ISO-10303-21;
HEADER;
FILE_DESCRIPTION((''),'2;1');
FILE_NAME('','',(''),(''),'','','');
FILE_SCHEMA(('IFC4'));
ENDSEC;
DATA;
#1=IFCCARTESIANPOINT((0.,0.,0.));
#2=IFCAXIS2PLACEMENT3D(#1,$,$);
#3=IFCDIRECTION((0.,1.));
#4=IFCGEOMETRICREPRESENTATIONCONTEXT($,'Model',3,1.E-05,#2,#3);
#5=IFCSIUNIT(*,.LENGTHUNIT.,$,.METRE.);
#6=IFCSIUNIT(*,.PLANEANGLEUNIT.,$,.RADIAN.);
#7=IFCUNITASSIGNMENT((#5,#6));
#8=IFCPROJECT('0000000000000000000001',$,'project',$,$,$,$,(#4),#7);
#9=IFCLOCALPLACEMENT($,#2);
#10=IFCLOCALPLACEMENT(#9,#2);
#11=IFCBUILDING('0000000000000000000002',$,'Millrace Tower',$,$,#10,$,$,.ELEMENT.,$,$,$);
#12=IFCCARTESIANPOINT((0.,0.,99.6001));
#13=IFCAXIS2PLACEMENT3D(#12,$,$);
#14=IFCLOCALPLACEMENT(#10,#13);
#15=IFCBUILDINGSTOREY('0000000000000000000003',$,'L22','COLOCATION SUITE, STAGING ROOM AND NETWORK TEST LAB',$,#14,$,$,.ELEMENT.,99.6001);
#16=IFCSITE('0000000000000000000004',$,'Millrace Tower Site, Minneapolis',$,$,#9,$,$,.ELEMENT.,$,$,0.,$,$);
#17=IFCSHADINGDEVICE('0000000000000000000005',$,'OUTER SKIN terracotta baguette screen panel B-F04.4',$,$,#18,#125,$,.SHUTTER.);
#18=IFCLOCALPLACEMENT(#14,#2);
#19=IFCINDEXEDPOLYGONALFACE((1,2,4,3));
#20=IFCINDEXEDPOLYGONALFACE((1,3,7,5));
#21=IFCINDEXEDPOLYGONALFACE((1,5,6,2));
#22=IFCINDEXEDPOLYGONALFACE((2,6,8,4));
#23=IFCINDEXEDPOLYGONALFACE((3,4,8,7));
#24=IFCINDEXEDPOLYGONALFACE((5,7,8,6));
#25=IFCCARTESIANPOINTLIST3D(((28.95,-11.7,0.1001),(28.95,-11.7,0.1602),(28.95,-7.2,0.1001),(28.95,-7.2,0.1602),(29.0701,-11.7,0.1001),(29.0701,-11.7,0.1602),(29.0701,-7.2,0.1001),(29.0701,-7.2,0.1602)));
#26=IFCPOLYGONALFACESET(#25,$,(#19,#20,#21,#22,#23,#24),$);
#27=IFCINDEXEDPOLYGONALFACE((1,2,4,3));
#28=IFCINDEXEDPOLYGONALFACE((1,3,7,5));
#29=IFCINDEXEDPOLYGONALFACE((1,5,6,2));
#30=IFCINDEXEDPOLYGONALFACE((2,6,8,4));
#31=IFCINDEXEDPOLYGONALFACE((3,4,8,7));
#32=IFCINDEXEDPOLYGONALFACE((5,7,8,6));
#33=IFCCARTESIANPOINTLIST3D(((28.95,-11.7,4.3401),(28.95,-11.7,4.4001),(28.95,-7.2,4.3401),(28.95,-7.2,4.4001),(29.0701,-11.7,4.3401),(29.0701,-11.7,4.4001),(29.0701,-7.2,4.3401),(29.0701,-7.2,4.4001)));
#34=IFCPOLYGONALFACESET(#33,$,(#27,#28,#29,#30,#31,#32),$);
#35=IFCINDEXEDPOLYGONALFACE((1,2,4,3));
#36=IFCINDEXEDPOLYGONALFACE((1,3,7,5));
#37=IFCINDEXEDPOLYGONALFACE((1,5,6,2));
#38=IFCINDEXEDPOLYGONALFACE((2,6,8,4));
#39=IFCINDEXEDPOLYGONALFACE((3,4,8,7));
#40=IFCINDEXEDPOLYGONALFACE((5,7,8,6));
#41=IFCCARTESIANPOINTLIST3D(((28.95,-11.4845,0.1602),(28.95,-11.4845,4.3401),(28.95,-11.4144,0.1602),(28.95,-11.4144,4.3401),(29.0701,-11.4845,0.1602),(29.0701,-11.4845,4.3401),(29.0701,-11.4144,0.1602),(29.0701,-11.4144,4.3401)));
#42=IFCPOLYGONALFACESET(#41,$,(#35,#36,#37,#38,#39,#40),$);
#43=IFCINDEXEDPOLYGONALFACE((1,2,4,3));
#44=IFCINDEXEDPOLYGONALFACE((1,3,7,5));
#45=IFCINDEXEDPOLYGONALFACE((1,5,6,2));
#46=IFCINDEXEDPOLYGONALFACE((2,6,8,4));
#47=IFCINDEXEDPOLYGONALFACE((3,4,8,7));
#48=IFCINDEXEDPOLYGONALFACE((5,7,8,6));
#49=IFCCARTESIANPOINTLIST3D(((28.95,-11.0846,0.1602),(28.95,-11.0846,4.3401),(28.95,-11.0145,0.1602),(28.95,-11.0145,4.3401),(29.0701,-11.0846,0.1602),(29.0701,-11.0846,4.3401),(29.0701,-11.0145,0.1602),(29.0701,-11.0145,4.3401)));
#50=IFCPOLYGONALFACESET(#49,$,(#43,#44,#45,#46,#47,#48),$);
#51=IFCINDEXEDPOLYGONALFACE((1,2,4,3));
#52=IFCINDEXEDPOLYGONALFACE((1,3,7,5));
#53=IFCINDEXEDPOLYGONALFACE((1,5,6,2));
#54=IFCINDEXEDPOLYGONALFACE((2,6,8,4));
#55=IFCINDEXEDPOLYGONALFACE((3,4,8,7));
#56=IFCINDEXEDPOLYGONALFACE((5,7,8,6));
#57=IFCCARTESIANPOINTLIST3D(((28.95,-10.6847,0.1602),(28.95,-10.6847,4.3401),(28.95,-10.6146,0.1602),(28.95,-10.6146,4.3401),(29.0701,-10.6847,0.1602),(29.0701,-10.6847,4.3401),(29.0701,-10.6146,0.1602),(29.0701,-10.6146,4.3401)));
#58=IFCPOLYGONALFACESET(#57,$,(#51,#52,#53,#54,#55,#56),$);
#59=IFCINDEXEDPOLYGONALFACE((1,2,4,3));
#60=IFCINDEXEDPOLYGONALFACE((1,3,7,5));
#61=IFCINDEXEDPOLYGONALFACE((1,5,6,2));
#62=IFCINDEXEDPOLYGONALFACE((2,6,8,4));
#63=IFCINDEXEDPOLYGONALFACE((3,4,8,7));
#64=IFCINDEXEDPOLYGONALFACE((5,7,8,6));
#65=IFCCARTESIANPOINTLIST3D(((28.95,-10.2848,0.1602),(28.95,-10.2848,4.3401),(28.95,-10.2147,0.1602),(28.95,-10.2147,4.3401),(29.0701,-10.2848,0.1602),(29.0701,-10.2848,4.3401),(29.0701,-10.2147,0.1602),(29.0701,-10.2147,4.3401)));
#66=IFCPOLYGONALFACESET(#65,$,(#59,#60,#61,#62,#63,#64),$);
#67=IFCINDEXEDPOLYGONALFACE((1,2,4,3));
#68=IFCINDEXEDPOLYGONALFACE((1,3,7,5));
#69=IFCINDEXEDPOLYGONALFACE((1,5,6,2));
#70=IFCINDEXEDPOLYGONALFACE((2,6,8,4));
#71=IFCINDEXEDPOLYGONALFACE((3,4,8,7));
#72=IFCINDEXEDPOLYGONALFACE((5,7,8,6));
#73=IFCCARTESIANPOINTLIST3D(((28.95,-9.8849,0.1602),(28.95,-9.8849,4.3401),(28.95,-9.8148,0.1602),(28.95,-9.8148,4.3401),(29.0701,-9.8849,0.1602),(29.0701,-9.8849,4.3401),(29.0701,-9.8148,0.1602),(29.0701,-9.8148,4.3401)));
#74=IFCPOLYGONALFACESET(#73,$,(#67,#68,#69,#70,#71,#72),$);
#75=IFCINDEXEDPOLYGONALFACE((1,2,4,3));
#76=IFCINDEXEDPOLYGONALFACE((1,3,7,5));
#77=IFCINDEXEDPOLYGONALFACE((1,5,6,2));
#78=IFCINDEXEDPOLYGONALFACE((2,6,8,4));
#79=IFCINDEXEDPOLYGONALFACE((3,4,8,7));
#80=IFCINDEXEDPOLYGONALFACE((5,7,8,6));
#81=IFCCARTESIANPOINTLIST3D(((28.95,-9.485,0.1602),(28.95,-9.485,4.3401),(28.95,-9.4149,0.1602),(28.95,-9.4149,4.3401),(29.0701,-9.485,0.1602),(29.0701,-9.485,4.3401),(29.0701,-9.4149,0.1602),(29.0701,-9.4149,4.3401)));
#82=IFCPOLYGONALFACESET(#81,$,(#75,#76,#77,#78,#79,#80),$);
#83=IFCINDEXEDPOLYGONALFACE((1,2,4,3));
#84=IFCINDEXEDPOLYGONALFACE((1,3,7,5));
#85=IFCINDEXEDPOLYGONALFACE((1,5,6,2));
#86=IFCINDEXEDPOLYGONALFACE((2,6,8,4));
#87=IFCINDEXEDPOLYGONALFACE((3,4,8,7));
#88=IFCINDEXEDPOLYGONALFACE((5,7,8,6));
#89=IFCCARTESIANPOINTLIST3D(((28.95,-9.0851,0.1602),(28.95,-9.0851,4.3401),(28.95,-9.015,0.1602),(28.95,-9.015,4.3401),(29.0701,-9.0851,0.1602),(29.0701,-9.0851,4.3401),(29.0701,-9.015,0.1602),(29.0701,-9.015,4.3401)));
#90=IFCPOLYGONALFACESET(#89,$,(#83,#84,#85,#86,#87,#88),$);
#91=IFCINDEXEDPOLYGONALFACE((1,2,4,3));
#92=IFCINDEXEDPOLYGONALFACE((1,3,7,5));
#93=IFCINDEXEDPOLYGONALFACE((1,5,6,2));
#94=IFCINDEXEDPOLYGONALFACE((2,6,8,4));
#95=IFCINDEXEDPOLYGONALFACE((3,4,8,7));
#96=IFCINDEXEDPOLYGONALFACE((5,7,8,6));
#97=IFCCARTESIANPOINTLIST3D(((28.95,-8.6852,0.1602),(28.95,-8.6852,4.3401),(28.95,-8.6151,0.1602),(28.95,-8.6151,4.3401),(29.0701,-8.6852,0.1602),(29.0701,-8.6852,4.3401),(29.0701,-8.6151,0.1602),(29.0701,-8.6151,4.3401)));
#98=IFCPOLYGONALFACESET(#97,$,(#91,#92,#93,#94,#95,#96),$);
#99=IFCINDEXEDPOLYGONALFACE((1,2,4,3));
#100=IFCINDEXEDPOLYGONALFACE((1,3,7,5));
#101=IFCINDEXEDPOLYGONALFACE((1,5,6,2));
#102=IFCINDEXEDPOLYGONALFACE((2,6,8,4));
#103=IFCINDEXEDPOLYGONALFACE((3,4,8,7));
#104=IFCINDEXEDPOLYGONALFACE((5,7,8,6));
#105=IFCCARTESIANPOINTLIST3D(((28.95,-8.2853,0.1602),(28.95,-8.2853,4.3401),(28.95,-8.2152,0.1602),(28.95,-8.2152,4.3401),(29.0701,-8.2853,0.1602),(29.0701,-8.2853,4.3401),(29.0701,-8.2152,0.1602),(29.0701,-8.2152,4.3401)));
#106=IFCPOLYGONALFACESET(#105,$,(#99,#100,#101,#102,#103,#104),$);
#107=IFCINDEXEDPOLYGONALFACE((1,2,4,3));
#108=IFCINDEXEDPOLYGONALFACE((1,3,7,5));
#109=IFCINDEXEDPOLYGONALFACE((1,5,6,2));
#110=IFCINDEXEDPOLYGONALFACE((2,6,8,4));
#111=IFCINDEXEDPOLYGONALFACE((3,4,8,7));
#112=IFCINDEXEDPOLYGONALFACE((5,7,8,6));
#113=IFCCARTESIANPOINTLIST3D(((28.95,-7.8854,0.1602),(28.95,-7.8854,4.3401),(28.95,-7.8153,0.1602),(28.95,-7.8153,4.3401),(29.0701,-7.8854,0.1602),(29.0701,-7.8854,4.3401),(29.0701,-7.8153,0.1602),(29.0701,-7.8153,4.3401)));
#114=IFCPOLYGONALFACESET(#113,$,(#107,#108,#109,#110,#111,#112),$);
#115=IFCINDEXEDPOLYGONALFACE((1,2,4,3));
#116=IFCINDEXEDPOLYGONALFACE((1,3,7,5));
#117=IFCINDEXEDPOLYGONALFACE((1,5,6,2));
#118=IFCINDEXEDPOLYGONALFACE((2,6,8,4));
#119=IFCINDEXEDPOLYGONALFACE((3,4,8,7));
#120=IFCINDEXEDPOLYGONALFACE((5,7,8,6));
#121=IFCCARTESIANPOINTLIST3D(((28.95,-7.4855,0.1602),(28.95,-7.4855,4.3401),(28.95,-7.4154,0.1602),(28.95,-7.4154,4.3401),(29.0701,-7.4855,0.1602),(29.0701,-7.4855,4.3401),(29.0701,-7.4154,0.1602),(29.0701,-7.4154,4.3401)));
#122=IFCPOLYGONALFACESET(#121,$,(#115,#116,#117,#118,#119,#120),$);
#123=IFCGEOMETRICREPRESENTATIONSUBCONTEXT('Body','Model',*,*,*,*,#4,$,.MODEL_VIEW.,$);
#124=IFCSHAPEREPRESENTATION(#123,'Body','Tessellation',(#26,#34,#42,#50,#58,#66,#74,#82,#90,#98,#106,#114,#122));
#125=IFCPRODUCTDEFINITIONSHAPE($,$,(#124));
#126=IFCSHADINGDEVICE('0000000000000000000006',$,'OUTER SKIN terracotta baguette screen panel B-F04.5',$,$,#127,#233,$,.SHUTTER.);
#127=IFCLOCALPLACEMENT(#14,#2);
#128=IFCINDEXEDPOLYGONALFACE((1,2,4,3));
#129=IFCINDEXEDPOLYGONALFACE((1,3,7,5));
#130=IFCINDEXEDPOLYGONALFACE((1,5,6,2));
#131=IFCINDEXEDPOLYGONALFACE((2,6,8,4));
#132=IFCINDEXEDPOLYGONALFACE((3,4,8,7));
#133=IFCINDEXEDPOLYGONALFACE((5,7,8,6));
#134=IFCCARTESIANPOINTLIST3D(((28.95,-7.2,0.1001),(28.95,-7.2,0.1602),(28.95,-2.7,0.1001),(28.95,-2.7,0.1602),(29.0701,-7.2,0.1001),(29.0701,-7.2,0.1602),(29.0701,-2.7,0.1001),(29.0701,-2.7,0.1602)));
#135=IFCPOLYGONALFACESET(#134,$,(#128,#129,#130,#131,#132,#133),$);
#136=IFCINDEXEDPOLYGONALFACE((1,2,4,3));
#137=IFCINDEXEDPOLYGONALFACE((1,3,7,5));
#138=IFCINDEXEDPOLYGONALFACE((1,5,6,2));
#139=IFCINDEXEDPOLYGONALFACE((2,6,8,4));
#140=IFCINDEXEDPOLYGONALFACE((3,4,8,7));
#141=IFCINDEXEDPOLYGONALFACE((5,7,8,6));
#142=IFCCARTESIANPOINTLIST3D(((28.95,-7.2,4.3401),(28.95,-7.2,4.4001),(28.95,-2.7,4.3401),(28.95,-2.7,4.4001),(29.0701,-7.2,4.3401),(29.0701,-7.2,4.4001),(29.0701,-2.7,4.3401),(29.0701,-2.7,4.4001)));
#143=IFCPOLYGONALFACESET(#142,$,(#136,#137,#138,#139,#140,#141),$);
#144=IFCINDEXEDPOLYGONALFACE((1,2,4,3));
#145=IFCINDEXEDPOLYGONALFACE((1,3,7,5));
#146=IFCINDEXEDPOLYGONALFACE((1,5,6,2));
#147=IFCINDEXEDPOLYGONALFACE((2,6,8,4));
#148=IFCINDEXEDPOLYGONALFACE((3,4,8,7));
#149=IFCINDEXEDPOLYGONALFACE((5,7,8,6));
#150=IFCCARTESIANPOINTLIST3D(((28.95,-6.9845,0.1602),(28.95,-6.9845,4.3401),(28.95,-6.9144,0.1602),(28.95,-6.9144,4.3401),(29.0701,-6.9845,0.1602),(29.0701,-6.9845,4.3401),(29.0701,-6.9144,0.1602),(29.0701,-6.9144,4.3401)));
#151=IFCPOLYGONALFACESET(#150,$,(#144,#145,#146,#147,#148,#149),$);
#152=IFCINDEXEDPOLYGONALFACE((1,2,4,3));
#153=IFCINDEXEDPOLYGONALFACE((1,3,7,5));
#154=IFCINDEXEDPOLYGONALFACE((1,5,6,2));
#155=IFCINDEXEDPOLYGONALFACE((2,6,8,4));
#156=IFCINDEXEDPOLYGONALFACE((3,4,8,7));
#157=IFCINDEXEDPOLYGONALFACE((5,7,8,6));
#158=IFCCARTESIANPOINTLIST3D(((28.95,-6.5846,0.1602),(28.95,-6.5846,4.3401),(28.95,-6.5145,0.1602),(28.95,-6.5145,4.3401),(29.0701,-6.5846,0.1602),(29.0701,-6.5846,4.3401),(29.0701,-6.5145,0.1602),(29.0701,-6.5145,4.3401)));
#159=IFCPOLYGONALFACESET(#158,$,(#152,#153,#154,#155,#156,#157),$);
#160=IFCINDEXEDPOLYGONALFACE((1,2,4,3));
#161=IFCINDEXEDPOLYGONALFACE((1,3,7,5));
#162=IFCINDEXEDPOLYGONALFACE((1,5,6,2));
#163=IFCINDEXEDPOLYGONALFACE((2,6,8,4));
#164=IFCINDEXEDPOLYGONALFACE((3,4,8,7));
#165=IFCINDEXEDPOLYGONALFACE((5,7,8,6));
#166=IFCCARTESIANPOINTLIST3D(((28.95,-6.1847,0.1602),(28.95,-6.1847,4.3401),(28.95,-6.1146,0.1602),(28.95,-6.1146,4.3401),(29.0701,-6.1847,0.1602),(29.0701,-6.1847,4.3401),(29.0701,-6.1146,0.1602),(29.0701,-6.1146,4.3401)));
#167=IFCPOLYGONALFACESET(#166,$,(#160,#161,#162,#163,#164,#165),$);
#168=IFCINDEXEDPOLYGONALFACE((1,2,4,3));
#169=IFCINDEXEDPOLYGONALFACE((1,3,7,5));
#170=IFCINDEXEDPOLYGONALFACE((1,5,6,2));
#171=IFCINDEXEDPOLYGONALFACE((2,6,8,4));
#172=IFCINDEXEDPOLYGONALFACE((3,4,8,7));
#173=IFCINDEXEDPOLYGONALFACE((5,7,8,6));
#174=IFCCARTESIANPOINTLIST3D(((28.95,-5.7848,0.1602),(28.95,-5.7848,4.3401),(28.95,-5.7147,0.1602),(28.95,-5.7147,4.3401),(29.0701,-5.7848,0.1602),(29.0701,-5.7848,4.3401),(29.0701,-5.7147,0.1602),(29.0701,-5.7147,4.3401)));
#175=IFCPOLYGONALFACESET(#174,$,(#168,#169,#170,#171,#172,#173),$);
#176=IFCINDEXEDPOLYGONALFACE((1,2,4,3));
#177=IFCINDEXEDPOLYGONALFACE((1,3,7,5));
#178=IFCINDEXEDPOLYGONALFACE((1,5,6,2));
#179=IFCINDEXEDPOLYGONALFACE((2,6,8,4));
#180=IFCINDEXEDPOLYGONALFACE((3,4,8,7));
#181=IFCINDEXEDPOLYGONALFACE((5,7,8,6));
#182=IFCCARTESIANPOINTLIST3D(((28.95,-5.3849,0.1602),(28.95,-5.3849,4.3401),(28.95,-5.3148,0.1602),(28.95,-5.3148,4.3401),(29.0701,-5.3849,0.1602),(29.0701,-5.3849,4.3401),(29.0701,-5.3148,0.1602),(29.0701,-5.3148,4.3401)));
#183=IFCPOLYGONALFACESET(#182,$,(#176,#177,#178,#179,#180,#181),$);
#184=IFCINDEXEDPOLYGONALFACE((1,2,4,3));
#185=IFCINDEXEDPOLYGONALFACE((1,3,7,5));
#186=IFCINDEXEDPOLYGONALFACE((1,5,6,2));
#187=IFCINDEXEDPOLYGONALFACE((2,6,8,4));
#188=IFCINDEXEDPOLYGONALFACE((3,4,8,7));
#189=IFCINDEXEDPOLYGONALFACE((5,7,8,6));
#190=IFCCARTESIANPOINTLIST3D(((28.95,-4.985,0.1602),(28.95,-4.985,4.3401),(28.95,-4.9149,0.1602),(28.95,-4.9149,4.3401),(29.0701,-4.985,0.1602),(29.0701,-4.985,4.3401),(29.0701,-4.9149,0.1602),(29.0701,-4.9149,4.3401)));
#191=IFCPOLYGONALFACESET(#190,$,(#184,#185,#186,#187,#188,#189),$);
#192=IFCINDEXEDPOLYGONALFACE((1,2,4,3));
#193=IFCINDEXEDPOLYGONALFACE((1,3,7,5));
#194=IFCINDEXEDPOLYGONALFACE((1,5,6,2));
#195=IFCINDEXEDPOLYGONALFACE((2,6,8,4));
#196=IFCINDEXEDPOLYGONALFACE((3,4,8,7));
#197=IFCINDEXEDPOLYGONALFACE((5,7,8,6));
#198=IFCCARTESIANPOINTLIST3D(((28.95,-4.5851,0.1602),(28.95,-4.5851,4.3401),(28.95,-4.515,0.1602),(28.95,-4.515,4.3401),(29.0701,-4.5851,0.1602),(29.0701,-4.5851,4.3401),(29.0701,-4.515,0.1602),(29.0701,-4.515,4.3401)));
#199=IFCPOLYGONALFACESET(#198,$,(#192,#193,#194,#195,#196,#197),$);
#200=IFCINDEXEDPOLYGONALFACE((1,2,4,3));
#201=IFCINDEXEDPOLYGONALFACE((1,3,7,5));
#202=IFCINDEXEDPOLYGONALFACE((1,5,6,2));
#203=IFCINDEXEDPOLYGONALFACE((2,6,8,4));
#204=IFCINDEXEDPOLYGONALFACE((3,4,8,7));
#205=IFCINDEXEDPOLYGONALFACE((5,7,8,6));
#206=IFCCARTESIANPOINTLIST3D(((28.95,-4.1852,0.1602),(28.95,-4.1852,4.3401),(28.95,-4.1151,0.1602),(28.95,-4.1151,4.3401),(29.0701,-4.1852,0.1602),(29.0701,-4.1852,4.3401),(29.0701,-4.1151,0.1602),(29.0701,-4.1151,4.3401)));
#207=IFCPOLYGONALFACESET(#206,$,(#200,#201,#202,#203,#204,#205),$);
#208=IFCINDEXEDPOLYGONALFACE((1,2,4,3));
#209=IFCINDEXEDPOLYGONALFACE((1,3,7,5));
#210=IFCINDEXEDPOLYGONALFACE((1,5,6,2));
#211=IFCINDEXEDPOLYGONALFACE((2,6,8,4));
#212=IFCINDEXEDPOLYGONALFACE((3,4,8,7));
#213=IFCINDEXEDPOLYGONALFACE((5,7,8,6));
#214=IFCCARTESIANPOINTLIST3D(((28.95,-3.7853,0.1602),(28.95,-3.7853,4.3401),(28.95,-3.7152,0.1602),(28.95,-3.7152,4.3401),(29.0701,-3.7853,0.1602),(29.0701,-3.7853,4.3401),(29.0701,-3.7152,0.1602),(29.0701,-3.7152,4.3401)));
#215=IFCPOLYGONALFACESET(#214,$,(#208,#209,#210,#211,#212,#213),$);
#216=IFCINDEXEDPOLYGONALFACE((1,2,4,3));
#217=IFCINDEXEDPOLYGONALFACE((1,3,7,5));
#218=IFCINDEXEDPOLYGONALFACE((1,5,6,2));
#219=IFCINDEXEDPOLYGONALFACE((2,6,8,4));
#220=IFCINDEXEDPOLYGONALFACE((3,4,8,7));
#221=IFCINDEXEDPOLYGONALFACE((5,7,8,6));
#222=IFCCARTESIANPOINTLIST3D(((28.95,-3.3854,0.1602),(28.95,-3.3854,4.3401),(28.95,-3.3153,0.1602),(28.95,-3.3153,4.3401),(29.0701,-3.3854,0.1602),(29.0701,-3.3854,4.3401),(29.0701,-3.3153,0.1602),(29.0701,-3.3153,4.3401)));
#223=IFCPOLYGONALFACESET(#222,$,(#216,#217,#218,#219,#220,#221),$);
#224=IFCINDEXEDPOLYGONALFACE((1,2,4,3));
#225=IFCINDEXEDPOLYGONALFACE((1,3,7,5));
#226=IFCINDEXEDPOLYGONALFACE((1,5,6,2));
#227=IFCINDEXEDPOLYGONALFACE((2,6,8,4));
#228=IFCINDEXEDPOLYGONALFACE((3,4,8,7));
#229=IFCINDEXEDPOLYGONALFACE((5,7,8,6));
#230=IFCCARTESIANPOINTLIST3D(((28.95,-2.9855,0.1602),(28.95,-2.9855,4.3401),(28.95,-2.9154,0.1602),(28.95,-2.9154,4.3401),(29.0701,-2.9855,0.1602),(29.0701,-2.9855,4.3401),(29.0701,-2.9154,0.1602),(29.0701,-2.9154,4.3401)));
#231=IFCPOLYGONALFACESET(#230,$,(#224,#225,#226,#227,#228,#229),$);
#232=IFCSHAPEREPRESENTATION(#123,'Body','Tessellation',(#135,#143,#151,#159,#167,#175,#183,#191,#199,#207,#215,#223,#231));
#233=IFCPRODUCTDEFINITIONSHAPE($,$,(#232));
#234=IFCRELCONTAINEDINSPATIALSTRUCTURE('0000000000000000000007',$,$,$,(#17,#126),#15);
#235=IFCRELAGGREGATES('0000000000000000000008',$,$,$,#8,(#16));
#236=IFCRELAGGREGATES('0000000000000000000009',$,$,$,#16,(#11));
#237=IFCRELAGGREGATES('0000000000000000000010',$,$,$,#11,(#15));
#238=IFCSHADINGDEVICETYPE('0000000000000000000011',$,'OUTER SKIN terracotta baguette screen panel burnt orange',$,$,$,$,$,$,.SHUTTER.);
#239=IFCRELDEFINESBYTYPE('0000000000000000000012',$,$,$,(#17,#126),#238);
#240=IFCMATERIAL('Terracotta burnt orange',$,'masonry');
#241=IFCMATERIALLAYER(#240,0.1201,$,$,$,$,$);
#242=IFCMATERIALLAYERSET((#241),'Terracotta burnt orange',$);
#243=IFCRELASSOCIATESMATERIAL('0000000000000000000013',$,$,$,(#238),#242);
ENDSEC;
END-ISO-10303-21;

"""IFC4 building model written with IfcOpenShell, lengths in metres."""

from ifc_helpers import new_model, entity, si_unit, direction, frame, frame_2d, origin, origin_2d, place, context, subcontext, project, spatial, rectangle, extrude, source, transform, mapped, material, layer, layer_set, type_object, element, save


model = new_model("IFC4")

# Units and contexts
model_context = context("Model", 3, precision=1e-05, world=origin(), true_north=direction((0.0, 1.0)))
body_context = subcontext(model_context, "Body", "Model", "MODEL_VIEW")
ifc_project = project(units=[si_unit("LENGTHUNIT", "METRE"), si_unit("PLANEANGLEUNIT", "RADIAN")], contexts=[model_context])

# Site, building, storey
site_placement = place(None, origin())
site = spatial("IfcSite", under=ifc_project, at=site_placement, Name="Millrace Tower Site, Minneapolis", CompositionType="ELEMENT", RefElevation=0.0)
building_placement = place(site_placement, origin())
building = spatial("IfcBuilding", under=site, at=building_placement, Name="Millrace Tower", CompositionType="ELEMENT")
storey_placement = place(building_placement, frame((0.0, 0.0, 99.6001)))
storey = spatial("IfcBuildingStorey", under=building, at=storey_placement, Name="L22", Description="COLOCATION SUITE, STAGING ROOM AND NETWORK TEST LAB", CompositionType="ELEMENT", Elevation=99.6001)

# Shading devices
ifc_material_1 = material(Name="Terracotta burnt orange", Category="masonry")
ifc_layer_1 = layer(ifc_material_1, 0.1201)
ifc_layer_set_1 = layer_set([ifc_layer_1], Name="Terracotta burnt orange")
shading_device_type = type_object("IfcShadingDeviceType", Name="OUTER SKIN terracotta baguette screen panel burnt orange", PredefinedType="SHUTTER", material=ifc_layer_set_1)
cartesian_point = entity("IfcCartesianPoint", [-2.25, 0.0601])
shared_polyline = entity("IfcPolyline", [cartesian_point, entity("IfcCartesianPoint", [2.25, 0.0601]), entity("IfcCartesianPoint", [2.25, -0.0601]), entity("IfcCartesianPoint", [-2.25, -0.0601]), cartesian_point])
shared_shape = source(origin(), body_context, "Body", "SweptSolid", [
    entity("IfcExtrudedAreaSolid", entity("IfcArbitraryClosedProfileDef", "AREA", None, shared_polyline), entity("IfcAxis2Placement3D", entity("IfcCartesianPoint", [0.0, 0.0, 0.0])), entity("IfcDirection", [0.0, 0.0, 1.0]), 0.0601),
    entity("IfcExtrudedAreaSolid", entity("IfcArbitraryClosedProfileDef", "AREA", None, shared_polyline), entity("IfcAxis2Placement3D", entity("IfcCartesianPoint", [0.0, 0.0, 4.24])), entity("IfcDirection", [0.0, 0.0, 1.0]), 0.0601),
    extrude(rectangle(XDim=0.0701, YDim=0.1201, at=frame_2d((-1.9995, 0.0))), frame((0.0, 0.0, 0.0601)), (0.0, 0.0, 1.0), 4.1799),
    extrude(rectangle(XDim=0.0701, YDim=0.1201, at=frame_2d((-1.5996, 0.0))), frame((0.0, 0.0, 0.0601)), (0.0, 0.0, 1.0), 4.1799),
    extrude(rectangle(XDim=0.0701, YDim=0.1201, at=frame_2d((-1.1997, 0.0))), frame((0.0, 0.0, 0.0601)), (0.0, 0.0, 1.0), 4.1799),
    extrude(rectangle(XDim=0.0701, YDim=0.1201, at=frame_2d((-0.7998, 0.0))), frame((0.0, 0.0, 0.0601)), (0.0, 0.0, 1.0), 4.1799),
    extrude(rectangle(XDim=0.0701, YDim=0.1201, at=frame_2d((-0.3999, 0.0))), frame((0.0, 0.0, 0.0601)), (0.0, 0.0, 1.0), 4.1799),
    extrude(rectangle(XDim=0.0701, YDim=0.1201, at=origin_2d()), frame((0.0, 0.0, 0.0601)), (0.0, 0.0, 1.0), 4.1799),
    extrude(rectangle(XDim=0.0701, YDim=0.1201, at=frame_2d((0.3999, 0.0))), frame((0.0, 0.0, 0.0601)), (0.0, 0.0, 1.0), 4.1799),
    extrude(rectangle(XDim=0.0701, YDim=0.1201, at=frame_2d((0.7998, 0.0))), frame((0.0, 0.0, 0.0601)), (0.0, 0.0, 1.0), 4.1799),
    extrude(rectangle(XDim=0.0701, YDim=0.1201, at=frame_2d((1.1997, 0.0))), frame((0.0, 0.0, 0.0601)), (0.0, 0.0, 1.0), 4.1799),
    extrude(rectangle(XDim=0.0701, YDim=0.1201, at=frame_2d((1.5996, 0.0))), frame((0.0, 0.0, 0.0601)), (0.0, 0.0, 1.0), 4.1799),
    extrude(rectangle(XDim=0.0701, YDim=0.1201, at=frame_2d((1.9995, 0.0))), frame((0.0, 0.0, 0.0601)), (0.0, 0.0, 1.0), 4.1799),
])
for number, where, z_axis, x_axis, name in (
    (1, (29.01, -9.45, 0.1001), (0.0, 0.0, 1.0), (0.0, 1.0, 0.0), "OUTER SKIN terracotta baguette screen panel B-F04.4"),
    (2, (29.01, -4.95, 0.1001), (0.0, 0.0, 1.0), (0.0, 1.0, 0.0), "OUTER SKIN terracotta baguette screen panel B-F04.5"),
):
    element("IfcShadingDevice", number, at=place(storey_placement, frame(where, z_axis=z_axis, x_axis=x_axis)), inside=storey, type_object=shading_device_type, Name=name, PredefinedType="SHUTTER", context=body_context, shape_type="MappedRepresentation", body=[
        mapped(shared_shape, transform((0.0, 0.0, 0.0), scale=1.0)),
    ])

save(model, "model.ifc")
